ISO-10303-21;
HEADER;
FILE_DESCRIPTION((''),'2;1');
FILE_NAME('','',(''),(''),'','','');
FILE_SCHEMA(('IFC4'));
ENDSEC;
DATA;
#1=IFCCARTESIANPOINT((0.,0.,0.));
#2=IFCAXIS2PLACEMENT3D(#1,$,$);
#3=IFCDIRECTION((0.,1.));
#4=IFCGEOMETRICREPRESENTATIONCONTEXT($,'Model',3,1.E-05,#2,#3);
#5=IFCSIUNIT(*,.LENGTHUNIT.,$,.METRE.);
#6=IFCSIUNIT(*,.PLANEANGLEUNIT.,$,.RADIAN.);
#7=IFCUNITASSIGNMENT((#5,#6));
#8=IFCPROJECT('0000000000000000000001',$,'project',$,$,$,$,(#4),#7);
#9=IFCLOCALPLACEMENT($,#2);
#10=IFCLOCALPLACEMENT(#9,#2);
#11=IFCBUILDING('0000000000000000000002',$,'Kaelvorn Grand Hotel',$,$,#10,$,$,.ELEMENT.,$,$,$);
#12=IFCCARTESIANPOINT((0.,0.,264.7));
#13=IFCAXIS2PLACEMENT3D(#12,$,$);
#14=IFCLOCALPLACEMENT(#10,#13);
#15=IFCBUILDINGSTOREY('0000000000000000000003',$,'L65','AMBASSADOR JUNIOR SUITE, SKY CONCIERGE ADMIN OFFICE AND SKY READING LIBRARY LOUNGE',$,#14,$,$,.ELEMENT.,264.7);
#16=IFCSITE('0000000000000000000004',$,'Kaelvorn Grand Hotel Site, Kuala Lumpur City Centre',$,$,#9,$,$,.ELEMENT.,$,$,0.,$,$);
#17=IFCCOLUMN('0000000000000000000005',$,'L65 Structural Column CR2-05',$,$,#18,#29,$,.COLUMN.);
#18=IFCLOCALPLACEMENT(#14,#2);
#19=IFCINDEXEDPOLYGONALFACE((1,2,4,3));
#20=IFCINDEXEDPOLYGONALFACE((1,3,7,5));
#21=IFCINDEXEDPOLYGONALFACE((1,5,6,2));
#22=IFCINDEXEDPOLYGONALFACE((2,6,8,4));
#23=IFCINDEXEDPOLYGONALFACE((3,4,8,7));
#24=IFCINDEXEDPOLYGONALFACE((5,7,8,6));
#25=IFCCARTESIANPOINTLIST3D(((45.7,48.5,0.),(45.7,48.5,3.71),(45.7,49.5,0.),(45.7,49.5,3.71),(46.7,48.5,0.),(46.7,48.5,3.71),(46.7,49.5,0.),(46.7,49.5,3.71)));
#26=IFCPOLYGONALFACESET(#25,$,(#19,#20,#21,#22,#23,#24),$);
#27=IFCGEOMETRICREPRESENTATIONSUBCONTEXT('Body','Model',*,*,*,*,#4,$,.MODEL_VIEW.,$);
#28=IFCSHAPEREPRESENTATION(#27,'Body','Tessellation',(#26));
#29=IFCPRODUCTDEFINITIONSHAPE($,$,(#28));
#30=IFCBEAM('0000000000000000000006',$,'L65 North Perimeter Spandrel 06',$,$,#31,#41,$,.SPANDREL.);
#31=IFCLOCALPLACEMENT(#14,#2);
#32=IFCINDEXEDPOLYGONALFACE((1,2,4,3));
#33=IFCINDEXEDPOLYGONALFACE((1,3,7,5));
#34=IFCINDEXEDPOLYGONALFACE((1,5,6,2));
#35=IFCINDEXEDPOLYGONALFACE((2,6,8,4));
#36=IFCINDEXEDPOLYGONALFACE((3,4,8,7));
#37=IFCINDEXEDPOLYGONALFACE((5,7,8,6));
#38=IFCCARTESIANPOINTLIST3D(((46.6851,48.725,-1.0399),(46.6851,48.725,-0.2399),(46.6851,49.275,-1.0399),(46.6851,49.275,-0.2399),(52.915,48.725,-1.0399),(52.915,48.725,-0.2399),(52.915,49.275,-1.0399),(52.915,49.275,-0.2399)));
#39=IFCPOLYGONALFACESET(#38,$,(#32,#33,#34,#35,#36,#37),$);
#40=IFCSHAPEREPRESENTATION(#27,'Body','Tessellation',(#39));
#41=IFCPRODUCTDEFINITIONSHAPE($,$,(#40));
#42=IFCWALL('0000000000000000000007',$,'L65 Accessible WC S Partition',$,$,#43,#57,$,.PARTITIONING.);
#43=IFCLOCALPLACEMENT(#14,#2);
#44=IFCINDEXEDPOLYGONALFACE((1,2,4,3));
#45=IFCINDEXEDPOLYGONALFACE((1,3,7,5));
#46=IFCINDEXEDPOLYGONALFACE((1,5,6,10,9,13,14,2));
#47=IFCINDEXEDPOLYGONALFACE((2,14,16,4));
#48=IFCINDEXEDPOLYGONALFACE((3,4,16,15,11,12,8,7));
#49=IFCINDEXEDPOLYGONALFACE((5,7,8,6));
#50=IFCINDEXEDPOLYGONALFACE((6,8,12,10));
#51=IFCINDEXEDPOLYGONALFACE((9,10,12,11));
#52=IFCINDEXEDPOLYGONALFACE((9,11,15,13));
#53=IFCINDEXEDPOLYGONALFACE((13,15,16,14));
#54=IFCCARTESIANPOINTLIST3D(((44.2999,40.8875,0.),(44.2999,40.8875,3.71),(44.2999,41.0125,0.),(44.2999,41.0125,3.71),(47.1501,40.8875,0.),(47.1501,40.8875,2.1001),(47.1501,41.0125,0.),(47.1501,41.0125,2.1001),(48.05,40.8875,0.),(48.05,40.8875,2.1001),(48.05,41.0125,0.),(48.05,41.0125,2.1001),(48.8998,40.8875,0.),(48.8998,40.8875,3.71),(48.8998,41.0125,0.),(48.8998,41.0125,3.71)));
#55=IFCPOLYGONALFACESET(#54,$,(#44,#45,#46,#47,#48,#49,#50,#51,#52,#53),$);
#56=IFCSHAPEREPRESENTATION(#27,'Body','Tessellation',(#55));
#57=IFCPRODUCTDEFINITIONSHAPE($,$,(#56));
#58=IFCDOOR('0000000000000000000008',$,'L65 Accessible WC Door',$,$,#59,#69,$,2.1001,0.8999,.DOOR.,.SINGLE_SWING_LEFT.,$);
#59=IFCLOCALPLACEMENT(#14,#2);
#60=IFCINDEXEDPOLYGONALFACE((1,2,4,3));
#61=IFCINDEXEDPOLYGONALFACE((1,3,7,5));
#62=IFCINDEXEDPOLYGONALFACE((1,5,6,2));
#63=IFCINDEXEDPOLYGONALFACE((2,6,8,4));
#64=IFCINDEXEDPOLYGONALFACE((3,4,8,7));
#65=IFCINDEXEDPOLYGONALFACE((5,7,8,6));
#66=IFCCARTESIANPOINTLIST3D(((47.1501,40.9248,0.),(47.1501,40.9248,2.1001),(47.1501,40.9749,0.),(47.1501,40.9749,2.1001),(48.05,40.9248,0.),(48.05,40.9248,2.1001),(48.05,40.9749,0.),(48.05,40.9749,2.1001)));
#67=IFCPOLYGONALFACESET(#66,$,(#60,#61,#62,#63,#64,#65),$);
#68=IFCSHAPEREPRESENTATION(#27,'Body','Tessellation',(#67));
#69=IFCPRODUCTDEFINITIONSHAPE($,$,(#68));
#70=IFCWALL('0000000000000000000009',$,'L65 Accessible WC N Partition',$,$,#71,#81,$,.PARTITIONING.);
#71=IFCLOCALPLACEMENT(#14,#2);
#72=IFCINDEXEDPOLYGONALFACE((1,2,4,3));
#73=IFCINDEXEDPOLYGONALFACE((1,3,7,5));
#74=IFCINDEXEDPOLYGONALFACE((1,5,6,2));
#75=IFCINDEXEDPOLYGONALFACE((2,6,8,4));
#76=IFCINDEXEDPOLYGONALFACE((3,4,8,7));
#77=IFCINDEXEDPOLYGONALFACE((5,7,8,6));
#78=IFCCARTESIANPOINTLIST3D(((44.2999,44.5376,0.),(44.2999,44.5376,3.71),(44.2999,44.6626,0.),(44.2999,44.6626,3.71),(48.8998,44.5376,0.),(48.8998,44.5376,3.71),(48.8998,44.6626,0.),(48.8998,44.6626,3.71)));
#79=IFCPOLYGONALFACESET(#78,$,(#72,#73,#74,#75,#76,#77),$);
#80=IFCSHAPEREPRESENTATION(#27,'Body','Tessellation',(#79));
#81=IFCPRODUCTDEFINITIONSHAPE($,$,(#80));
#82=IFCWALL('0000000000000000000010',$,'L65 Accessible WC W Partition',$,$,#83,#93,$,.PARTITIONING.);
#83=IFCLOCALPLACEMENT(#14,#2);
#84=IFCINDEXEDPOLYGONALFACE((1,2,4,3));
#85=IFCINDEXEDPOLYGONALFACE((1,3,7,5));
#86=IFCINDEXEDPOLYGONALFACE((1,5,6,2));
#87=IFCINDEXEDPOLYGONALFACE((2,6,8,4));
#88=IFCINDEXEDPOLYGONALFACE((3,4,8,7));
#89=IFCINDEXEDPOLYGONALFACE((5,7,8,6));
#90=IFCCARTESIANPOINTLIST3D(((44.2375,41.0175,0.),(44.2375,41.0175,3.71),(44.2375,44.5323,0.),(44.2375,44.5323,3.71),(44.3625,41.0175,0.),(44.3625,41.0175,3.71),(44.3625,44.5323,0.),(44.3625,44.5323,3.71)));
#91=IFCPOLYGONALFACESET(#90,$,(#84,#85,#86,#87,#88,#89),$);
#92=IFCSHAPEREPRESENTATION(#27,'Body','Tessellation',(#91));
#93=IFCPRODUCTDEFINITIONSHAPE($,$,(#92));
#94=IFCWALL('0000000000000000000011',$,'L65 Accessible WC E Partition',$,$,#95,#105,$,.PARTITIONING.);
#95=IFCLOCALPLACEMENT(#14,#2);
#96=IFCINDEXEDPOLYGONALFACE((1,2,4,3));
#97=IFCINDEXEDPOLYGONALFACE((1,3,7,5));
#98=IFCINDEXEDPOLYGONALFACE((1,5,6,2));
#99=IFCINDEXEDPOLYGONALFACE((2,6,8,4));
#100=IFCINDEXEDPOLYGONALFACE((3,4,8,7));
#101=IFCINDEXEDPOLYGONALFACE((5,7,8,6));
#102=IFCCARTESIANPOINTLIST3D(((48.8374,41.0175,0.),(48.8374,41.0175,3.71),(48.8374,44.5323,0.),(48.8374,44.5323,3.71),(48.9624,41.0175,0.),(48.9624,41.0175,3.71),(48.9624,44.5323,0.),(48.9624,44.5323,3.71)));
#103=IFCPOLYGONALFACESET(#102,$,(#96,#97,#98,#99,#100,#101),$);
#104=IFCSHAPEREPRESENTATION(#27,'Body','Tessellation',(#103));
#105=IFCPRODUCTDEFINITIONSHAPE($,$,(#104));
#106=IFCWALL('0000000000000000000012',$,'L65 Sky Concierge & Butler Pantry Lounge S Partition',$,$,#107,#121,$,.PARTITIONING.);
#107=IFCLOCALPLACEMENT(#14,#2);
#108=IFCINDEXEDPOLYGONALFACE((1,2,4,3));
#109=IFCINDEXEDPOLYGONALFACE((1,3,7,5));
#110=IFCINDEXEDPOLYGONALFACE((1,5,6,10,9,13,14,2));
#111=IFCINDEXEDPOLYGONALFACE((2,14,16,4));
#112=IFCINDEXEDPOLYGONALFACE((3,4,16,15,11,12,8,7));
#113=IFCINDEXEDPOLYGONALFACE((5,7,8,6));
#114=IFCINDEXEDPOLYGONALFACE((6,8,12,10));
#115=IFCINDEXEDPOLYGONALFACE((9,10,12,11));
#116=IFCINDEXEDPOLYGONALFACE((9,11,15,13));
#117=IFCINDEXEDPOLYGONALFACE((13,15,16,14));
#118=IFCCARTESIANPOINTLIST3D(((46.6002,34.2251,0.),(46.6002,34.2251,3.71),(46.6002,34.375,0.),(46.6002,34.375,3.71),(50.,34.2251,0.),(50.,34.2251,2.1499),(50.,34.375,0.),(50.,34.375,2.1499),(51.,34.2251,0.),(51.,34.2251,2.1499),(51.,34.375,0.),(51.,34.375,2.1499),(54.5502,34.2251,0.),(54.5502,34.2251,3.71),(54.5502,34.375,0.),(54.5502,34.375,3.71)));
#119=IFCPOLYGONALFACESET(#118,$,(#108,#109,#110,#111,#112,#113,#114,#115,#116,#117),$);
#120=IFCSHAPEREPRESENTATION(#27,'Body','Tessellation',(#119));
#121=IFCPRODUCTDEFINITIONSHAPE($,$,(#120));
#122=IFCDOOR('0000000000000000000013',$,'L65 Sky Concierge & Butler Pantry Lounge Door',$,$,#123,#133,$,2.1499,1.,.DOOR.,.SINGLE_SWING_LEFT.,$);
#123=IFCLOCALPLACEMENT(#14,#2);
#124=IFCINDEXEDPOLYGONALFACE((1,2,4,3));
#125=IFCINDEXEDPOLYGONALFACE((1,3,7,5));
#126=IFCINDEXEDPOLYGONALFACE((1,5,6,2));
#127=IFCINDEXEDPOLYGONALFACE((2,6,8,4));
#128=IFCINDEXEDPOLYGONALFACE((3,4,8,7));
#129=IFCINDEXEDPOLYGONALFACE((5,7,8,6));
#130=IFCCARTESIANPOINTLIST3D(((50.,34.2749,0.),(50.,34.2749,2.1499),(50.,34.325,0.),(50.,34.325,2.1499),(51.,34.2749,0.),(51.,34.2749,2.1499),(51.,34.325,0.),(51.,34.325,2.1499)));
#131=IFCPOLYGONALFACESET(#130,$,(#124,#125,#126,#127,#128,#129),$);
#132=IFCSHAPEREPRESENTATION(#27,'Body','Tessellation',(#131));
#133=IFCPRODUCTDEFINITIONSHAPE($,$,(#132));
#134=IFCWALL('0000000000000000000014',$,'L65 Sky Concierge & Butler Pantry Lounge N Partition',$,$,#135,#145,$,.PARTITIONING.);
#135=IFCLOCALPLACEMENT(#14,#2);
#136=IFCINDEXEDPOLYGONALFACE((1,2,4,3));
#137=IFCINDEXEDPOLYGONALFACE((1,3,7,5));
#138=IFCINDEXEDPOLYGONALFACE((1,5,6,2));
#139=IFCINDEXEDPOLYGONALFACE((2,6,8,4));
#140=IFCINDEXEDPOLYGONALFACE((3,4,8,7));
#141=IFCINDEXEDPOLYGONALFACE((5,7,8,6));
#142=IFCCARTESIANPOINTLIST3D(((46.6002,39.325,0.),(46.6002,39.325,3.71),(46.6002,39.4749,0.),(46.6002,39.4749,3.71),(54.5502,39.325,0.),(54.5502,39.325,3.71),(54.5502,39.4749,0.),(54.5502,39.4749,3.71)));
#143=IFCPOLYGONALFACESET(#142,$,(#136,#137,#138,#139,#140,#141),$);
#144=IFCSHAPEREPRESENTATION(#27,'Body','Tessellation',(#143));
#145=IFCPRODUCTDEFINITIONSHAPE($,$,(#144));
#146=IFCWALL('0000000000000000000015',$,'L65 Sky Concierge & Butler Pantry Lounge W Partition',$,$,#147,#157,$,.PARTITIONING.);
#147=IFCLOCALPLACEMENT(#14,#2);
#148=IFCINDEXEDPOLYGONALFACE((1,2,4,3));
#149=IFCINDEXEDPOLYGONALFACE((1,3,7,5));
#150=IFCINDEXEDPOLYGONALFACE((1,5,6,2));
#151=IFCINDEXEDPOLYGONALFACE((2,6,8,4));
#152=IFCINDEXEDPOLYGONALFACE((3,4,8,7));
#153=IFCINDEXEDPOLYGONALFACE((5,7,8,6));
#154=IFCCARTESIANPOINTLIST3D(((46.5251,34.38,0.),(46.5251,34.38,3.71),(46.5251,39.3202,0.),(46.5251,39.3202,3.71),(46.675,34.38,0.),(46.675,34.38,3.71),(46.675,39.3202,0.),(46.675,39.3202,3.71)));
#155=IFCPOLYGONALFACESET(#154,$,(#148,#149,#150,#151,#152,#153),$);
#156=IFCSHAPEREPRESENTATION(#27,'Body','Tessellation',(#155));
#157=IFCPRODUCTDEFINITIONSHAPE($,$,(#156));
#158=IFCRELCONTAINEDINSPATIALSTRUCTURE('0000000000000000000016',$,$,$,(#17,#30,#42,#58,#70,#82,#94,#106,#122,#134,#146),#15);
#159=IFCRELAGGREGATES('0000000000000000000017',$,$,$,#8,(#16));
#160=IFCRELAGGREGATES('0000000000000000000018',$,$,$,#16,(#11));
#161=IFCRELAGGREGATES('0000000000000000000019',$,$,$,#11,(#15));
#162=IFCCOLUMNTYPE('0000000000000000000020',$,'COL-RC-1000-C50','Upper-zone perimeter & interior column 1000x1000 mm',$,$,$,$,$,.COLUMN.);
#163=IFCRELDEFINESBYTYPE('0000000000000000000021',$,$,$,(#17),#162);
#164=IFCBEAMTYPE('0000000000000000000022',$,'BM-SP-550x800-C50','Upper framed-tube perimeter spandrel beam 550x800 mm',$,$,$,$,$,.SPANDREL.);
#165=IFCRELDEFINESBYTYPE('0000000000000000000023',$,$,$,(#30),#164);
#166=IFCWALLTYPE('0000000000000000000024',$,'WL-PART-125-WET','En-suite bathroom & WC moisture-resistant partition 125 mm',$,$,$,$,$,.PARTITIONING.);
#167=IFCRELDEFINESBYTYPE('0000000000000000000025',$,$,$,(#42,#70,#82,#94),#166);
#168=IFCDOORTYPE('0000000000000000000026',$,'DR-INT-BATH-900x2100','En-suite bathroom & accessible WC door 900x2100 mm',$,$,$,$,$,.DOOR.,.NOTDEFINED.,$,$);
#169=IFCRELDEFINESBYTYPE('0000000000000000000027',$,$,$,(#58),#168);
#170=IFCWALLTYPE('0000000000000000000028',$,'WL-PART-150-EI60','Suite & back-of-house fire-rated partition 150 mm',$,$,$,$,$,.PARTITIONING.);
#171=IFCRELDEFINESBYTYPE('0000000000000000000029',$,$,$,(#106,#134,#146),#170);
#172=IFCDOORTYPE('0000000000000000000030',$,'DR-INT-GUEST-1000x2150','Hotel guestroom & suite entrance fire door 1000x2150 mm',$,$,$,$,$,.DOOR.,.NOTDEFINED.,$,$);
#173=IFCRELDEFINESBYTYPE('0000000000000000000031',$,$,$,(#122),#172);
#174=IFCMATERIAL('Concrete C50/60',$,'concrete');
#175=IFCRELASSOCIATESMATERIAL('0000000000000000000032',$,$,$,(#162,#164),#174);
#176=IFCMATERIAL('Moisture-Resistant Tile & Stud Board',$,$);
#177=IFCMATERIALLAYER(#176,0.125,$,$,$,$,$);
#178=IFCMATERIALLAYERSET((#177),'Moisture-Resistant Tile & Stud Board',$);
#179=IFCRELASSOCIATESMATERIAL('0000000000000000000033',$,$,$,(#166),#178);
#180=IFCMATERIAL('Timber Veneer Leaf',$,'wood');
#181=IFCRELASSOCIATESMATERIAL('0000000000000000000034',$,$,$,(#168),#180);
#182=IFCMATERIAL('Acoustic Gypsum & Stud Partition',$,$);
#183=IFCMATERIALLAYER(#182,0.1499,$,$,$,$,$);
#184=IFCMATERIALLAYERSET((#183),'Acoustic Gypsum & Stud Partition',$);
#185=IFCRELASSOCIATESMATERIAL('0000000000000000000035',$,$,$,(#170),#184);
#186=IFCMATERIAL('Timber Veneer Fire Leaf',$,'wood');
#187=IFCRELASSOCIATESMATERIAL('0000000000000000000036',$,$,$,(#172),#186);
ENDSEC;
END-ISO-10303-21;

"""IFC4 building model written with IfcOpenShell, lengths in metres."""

from ifc_helpers import new_model, si_unit, direction, frame, frame_2d, origin, origin_2d, place, context, subcontext, project, spatial, rectangle, extrude, material, layer, layer_set, material_profile, profile_set, type_object, element, fill, save


model = new_model("IFC4")

# Units and contexts
model_context = context("Model", 3, precision=1e-05, world=origin(), true_north=direction((0.0, 1.0)))
body_context = subcontext(model_context, "Body", "Model", "MODEL_VIEW")
ifc_project = project(units=[si_unit("LENGTHUNIT", "METRE"), si_unit("PLANEANGLEUNIT", "RADIAN")], contexts=[model_context])

# Site, building, storey
site_placement = place(None, origin())
site = spatial("IfcSite", under=ifc_project, at=site_placement, Name="Kaelvorn Grand Hotel Site, Kuala Lumpur City Centre", CompositionType="ELEMENT", RefElevation=0.0)
building_placement = place(site_placement, origin())
building = spatial("IfcBuilding", under=site, at=building_placement, Name="Kaelvorn Grand Hotel", CompositionType="ELEMENT")
storey_placement = place(building_placement, frame((0.0, 0.0, 264.7)))
storey = spatial("IfcBuildingStorey", under=building, at=storey_placement, Name="L65", Description="AMBASSADOR JUNIOR SUITE, SKY CONCIERGE ADMIN OFFICE AND SKY READING LIBRARY LOUNGE", CompositionType="ELEMENT", Elevation=264.7)

# Column
ifc_material_1 = material(Name="Concrete C50/60", Category="concrete")
ifc_material_profile_1 = material_profile(ifc_material_1, rectangle(XDim=1.0, YDim=1.0, at=origin_2d()), Name="RC COL 1000x1000")
ifc_profile_set_1 = profile_set([ifc_material_profile_1], Name="Concrete C50/60")
column_type = type_object("IfcColumnType", Name="COL-RC-1000-C50", Description="Upper-zone perimeter & interior column 1000x1000 mm", PredefinedType="COLUMN", material=ifc_profile_set_1)
column_placement = place(storey_placement, frame((46.2, 49.0, 0.0), z_axis=(0.0, 0.0, 1.0), x_axis=(1.0, 0.0, 0.0)))
element("IfcColumn", 1, at=column_placement, inside=storey, type_object=column_type, Name="L65 Structural Column CR2-05", PredefinedType="COLUMN", context=body_context, shape_type="SweptSolid", body=[
    extrude(rectangle(XDim=1.0, YDim=1.0, at=origin_2d()), origin(), (0.0, 0.0, 1.0), 3.71),
])

# Beam
ifc_material_profile_2 = material_profile(ifc_material_1, rectangle(XDim=0.55, YDim=0.8, at=origin_2d()), Name="RC SPANDREL 550x800")
ifc_profile_set_2 = profile_set([ifc_material_profile_2], Name="Concrete C50/60")
beam_type = type_object("IfcBeamType", Name="BM-SP-550x800-C50", Description="Upper framed-tube perimeter spandrel beam 550x800 mm", PredefinedType="SPANDREL", material=ifc_profile_set_2)
beam_placement = place(storey_placement, frame((46.6851, 49.0, -0.6399), z_axis=(1.0, 0.0, 0.0), x_axis=(0.0, 1.0, 0.0)))
element("IfcBeam", 2, at=beam_placement, inside=storey, type_object=beam_type, Name="L65 North Perimeter Spandrel 06", PredefinedType="SPANDREL", context=body_context, shape_type="SweptSolid", body=[
    extrude(rectangle(XDim=0.55, YDim=0.8, at=origin_2d()), origin(), (0.0, 0.0, 1.0), 6.23),
])

# Wall, opening, door
ifc_material_2 = material(Name="Moisture-Resistant Tile & Stud Board")
ifc_layer_1 = layer(ifc_material_2, 0.125)
ifc_layer_set_1 = layer_set([ifc_layer_1], Name="Moisture-Resistant Tile & Stud Board")
wall_type_1 = type_object("IfcWallType", Name="WL-PART-125-WET", Description="En-suite bathroom & WC moisture-resistant partition 125 mm", PredefinedType="PARTITIONING", material=ifc_layer_set_1)
wall_1_placement = place(storey_placement, frame((44.3, 40.95, 0.0), z_axis=(0.0, 0.0, 1.0), x_axis=(1.0, 0.0, 0.0)))
wall_1 = element("IfcWall", 3, at=wall_1_placement, inside=storey, type_object=wall_type_1, Name="L65 Accessible WC S Partition", PredefinedType="PARTITIONING", context=body_context, shape_type="SweptSolid", body=[
    extrude(rectangle(XDim=4.5999, YDim=0.125, at=frame_2d((2.2998, 0.0))), origin(), (0.0, 0.0, 1.0), 3.71),
])
opening_1_placement = place(wall_1_placement, frame((2.8501, 0.0, 0.0)))
opening_1 = element("IfcOpeningElement", 4, at=opening_1_placement, cuts=wall_1, PredefinedType="OPENING", context=body_context, shape_type="SweptSolid", body=[
    extrude(rectangle(XDim=0.8999, YDim=2.1001, at=frame_2d((0.45, 1.05))), frame((0.0, 0.0725, 0.0), z_axis=(0.0, -1.0, 0.0), x_axis=(1.0, 0.0, 0.0)), (0.0, 0.0, 1.0), 0.145),
])
ifc_material_3 = material(Name="Timber Veneer Leaf", Category="wood")
door_type_1 = type_object("IfcDoorType", Name="DR-INT-BATH-900x2100", Description="En-suite bathroom & accessible WC door 900x2100 mm", OperationType="NOTDEFINED", PredefinedType="DOOR", material=ifc_material_3)
door_1_placement = place(opening_1_placement, origin())
door_1 = element("IfcDoor", 5, at=door_1_placement, inside=storey, type_object=door_type_1, Name="L65 Accessible WC Door", OperationType="SINGLE_SWING_LEFT", OverallHeight=2.1001, OverallWidth=0.8999, PredefinedType="DOOR", context=body_context, shape_type="SweptSolid", body=[
    extrude(rectangle(XDim=0.8999, YDim=2.1001, at=frame_2d((0.45, 1.05))), frame((0.0, 0.0249, 0.0), z_axis=(0.0, -1.0, 0.0), x_axis=(1.0, 0.0, 0.0)), (0.0, 0.0, 1.0), 0.05),
])
fill(opening_1, door_1)

# Walls
wall_2_placement = place(storey_placement, frame((44.3, 44.6001, 0.0), z_axis=(0.0, 0.0, 1.0), x_axis=(1.0, 0.0, 0.0)))
element("IfcWall", 6, at=wall_2_placement, inside=storey, type_object=wall_type_1, Name="L65 Accessible WC N Partition", PredefinedType="PARTITIONING", context=body_context, shape_type="SweptSolid", body=[
    extrude(rectangle(XDim=4.5999, YDim=0.125, at=frame_2d((2.2998, 0.0))), origin(), (0.0, 0.0, 1.0), 3.71),
])
for number, where, z_axis, x_axis, name in (
    (7, (44.3, 41.0176, 0.0), (0.0, 0.0, 1.0), (0.0, 1.0, 0.0), "L65 Accessible WC W Partition"),
    (8, (48.8999, 41.0176, 0.0), (0.0, 0.0, 1.0), (0.0, 1.0, 0.0), "L65 Accessible WC E Partition"),
):
    element("IfcWall", number, at=place(storey_placement, frame(where, z_axis=z_axis, x_axis=x_axis)), inside=storey, type_object=wall_type_1, Name=name, PredefinedType="PARTITIONING", context=body_context, shape_type="SweptSolid", body=[
        extrude(rectangle(XDim=3.5149, YDim=0.125, at=frame_2d((1.7573, 0.0))), origin(), (0.0, 0.0, 1.0), 3.71),
    ])

# Wall, opening, door
ifc_material_4 = material(Name="Acoustic Gypsum & Stud Partition")
ifc_layer_2 = layer(ifc_material_4, 0.1499)
ifc_layer_set_2 = layer_set([ifc_layer_2], Name="Acoustic Gypsum & Stud Partition")
wall_type_2 = type_object("IfcWallType", Name="WL-PART-150-EI60", Description="Suite & back-of-house fire-rated partition 150 mm", PredefinedType="PARTITIONING", material=ifc_layer_set_2)
wall_3_placement = place(storey_placement, frame((46.6001, 34.3, 0.0), z_axis=(0.0, 0.0, 1.0), x_axis=(1.0, 0.0, 0.0)))
wall_3 = element("IfcWall", 9, at=wall_3_placement, inside=storey, type_object=wall_type_2, Name="L65 Sky Concierge & Butler Pantry Lounge S Partition", PredefinedType="PARTITIONING", context=body_context, shape_type="SweptSolid", body=[
    extrude(rectangle(XDim=7.95, YDim=0.1499, at=frame_2d((3.9751, 0.0))), origin(), (0.0, 0.0, 1.0), 3.71),
])
opening_2_placement = place(wall_3_placement, frame((3.3999, 0.0, 0.0)))
opening_2 = element("IfcOpeningElement", 10, at=opening_2_placement, cuts=wall_3, PredefinedType="OPENING", context=body_context, shape_type="SweptSolid", body=[
    extrude(rectangle(XDim=1.0, YDim=2.1499, at=frame_2d((0.5, 1.075))), frame((0.0, 0.085, 0.0), z_axis=(0.0, -1.0, 0.0), x_axis=(1.0, 0.0, 0.0)), (0.0, 0.0, 1.0), 0.1699),
])
ifc_material_5 = material(Name="Timber Veneer Fire Leaf", Category="wood")
door_type_2 = type_object("IfcDoorType", Name="DR-INT-GUEST-1000x2150", Description="Hotel guestroom & suite entrance fire door 1000x2150 mm", OperationType="NOTDEFINED", PredefinedType="DOOR", material=ifc_material_5)
door_2_placement = place(opening_2_placement, origin())
door_2 = element("IfcDoor", 11, at=door_2_placement, inside=storey, type_object=door_type_2, Name="L65 Sky Concierge & Butler Pantry Lounge Door", OperationType="SINGLE_SWING_LEFT", OverallHeight=2.1499, OverallWidth=1.0, PredefinedType="DOOR", context=body_context, shape_type="SweptSolid", body=[
    extrude(rectangle(XDim=1.0, YDim=2.1499, at=frame_2d((0.5, 1.075))), frame((0.0, 0.0249, 0.0), z_axis=(0.0, -1.0, 0.0), x_axis=(1.0, 0.0, 0.0)), (0.0, 0.0, 1.0), 0.05),
])
fill(opening_2, door_2)

# Walls
wall_4_placement = place(storey_placement, frame((46.6001, 39.3999, 0.0), z_axis=(0.0, 0.0, 1.0), x_axis=(1.0, 0.0, 0.0)))
element("IfcWall", 12, at=wall_4_placement, inside=storey, type_object=wall_type_2, Name="L65 Sky Concierge & Butler Pantry Lounge N Partition", PredefinedType="PARTITIONING", context=body_context, shape_type="SweptSolid", body=[
    extrude(rectangle(XDim=7.95, YDim=0.1499, at=frame_2d((3.9751, 0.0))), origin(), (0.0, 0.0, 1.0), 3.71),
])
wall_5_placement = place(storey_placement, frame((46.6001, 34.3799, 0.0), z_axis=(0.0, 0.0, 1.0), x_axis=(0.0, 1.0, 0.0)))
element("IfcWall", 13, at=wall_5_placement, inside=storey, type_object=wall_type_2, Name="L65 Sky Concierge & Butler Pantry Lounge W Partition", PredefinedType="PARTITIONING", context=body_context, shape_type="SweptSolid", body=[
    extrude(rectangle(XDim=4.9402, YDim=0.1499, at=frame_2d((2.4702, 0.0))), origin(), (0.0, 0.0, 1.0), 3.71),
])

save(model, "model.ifc")
